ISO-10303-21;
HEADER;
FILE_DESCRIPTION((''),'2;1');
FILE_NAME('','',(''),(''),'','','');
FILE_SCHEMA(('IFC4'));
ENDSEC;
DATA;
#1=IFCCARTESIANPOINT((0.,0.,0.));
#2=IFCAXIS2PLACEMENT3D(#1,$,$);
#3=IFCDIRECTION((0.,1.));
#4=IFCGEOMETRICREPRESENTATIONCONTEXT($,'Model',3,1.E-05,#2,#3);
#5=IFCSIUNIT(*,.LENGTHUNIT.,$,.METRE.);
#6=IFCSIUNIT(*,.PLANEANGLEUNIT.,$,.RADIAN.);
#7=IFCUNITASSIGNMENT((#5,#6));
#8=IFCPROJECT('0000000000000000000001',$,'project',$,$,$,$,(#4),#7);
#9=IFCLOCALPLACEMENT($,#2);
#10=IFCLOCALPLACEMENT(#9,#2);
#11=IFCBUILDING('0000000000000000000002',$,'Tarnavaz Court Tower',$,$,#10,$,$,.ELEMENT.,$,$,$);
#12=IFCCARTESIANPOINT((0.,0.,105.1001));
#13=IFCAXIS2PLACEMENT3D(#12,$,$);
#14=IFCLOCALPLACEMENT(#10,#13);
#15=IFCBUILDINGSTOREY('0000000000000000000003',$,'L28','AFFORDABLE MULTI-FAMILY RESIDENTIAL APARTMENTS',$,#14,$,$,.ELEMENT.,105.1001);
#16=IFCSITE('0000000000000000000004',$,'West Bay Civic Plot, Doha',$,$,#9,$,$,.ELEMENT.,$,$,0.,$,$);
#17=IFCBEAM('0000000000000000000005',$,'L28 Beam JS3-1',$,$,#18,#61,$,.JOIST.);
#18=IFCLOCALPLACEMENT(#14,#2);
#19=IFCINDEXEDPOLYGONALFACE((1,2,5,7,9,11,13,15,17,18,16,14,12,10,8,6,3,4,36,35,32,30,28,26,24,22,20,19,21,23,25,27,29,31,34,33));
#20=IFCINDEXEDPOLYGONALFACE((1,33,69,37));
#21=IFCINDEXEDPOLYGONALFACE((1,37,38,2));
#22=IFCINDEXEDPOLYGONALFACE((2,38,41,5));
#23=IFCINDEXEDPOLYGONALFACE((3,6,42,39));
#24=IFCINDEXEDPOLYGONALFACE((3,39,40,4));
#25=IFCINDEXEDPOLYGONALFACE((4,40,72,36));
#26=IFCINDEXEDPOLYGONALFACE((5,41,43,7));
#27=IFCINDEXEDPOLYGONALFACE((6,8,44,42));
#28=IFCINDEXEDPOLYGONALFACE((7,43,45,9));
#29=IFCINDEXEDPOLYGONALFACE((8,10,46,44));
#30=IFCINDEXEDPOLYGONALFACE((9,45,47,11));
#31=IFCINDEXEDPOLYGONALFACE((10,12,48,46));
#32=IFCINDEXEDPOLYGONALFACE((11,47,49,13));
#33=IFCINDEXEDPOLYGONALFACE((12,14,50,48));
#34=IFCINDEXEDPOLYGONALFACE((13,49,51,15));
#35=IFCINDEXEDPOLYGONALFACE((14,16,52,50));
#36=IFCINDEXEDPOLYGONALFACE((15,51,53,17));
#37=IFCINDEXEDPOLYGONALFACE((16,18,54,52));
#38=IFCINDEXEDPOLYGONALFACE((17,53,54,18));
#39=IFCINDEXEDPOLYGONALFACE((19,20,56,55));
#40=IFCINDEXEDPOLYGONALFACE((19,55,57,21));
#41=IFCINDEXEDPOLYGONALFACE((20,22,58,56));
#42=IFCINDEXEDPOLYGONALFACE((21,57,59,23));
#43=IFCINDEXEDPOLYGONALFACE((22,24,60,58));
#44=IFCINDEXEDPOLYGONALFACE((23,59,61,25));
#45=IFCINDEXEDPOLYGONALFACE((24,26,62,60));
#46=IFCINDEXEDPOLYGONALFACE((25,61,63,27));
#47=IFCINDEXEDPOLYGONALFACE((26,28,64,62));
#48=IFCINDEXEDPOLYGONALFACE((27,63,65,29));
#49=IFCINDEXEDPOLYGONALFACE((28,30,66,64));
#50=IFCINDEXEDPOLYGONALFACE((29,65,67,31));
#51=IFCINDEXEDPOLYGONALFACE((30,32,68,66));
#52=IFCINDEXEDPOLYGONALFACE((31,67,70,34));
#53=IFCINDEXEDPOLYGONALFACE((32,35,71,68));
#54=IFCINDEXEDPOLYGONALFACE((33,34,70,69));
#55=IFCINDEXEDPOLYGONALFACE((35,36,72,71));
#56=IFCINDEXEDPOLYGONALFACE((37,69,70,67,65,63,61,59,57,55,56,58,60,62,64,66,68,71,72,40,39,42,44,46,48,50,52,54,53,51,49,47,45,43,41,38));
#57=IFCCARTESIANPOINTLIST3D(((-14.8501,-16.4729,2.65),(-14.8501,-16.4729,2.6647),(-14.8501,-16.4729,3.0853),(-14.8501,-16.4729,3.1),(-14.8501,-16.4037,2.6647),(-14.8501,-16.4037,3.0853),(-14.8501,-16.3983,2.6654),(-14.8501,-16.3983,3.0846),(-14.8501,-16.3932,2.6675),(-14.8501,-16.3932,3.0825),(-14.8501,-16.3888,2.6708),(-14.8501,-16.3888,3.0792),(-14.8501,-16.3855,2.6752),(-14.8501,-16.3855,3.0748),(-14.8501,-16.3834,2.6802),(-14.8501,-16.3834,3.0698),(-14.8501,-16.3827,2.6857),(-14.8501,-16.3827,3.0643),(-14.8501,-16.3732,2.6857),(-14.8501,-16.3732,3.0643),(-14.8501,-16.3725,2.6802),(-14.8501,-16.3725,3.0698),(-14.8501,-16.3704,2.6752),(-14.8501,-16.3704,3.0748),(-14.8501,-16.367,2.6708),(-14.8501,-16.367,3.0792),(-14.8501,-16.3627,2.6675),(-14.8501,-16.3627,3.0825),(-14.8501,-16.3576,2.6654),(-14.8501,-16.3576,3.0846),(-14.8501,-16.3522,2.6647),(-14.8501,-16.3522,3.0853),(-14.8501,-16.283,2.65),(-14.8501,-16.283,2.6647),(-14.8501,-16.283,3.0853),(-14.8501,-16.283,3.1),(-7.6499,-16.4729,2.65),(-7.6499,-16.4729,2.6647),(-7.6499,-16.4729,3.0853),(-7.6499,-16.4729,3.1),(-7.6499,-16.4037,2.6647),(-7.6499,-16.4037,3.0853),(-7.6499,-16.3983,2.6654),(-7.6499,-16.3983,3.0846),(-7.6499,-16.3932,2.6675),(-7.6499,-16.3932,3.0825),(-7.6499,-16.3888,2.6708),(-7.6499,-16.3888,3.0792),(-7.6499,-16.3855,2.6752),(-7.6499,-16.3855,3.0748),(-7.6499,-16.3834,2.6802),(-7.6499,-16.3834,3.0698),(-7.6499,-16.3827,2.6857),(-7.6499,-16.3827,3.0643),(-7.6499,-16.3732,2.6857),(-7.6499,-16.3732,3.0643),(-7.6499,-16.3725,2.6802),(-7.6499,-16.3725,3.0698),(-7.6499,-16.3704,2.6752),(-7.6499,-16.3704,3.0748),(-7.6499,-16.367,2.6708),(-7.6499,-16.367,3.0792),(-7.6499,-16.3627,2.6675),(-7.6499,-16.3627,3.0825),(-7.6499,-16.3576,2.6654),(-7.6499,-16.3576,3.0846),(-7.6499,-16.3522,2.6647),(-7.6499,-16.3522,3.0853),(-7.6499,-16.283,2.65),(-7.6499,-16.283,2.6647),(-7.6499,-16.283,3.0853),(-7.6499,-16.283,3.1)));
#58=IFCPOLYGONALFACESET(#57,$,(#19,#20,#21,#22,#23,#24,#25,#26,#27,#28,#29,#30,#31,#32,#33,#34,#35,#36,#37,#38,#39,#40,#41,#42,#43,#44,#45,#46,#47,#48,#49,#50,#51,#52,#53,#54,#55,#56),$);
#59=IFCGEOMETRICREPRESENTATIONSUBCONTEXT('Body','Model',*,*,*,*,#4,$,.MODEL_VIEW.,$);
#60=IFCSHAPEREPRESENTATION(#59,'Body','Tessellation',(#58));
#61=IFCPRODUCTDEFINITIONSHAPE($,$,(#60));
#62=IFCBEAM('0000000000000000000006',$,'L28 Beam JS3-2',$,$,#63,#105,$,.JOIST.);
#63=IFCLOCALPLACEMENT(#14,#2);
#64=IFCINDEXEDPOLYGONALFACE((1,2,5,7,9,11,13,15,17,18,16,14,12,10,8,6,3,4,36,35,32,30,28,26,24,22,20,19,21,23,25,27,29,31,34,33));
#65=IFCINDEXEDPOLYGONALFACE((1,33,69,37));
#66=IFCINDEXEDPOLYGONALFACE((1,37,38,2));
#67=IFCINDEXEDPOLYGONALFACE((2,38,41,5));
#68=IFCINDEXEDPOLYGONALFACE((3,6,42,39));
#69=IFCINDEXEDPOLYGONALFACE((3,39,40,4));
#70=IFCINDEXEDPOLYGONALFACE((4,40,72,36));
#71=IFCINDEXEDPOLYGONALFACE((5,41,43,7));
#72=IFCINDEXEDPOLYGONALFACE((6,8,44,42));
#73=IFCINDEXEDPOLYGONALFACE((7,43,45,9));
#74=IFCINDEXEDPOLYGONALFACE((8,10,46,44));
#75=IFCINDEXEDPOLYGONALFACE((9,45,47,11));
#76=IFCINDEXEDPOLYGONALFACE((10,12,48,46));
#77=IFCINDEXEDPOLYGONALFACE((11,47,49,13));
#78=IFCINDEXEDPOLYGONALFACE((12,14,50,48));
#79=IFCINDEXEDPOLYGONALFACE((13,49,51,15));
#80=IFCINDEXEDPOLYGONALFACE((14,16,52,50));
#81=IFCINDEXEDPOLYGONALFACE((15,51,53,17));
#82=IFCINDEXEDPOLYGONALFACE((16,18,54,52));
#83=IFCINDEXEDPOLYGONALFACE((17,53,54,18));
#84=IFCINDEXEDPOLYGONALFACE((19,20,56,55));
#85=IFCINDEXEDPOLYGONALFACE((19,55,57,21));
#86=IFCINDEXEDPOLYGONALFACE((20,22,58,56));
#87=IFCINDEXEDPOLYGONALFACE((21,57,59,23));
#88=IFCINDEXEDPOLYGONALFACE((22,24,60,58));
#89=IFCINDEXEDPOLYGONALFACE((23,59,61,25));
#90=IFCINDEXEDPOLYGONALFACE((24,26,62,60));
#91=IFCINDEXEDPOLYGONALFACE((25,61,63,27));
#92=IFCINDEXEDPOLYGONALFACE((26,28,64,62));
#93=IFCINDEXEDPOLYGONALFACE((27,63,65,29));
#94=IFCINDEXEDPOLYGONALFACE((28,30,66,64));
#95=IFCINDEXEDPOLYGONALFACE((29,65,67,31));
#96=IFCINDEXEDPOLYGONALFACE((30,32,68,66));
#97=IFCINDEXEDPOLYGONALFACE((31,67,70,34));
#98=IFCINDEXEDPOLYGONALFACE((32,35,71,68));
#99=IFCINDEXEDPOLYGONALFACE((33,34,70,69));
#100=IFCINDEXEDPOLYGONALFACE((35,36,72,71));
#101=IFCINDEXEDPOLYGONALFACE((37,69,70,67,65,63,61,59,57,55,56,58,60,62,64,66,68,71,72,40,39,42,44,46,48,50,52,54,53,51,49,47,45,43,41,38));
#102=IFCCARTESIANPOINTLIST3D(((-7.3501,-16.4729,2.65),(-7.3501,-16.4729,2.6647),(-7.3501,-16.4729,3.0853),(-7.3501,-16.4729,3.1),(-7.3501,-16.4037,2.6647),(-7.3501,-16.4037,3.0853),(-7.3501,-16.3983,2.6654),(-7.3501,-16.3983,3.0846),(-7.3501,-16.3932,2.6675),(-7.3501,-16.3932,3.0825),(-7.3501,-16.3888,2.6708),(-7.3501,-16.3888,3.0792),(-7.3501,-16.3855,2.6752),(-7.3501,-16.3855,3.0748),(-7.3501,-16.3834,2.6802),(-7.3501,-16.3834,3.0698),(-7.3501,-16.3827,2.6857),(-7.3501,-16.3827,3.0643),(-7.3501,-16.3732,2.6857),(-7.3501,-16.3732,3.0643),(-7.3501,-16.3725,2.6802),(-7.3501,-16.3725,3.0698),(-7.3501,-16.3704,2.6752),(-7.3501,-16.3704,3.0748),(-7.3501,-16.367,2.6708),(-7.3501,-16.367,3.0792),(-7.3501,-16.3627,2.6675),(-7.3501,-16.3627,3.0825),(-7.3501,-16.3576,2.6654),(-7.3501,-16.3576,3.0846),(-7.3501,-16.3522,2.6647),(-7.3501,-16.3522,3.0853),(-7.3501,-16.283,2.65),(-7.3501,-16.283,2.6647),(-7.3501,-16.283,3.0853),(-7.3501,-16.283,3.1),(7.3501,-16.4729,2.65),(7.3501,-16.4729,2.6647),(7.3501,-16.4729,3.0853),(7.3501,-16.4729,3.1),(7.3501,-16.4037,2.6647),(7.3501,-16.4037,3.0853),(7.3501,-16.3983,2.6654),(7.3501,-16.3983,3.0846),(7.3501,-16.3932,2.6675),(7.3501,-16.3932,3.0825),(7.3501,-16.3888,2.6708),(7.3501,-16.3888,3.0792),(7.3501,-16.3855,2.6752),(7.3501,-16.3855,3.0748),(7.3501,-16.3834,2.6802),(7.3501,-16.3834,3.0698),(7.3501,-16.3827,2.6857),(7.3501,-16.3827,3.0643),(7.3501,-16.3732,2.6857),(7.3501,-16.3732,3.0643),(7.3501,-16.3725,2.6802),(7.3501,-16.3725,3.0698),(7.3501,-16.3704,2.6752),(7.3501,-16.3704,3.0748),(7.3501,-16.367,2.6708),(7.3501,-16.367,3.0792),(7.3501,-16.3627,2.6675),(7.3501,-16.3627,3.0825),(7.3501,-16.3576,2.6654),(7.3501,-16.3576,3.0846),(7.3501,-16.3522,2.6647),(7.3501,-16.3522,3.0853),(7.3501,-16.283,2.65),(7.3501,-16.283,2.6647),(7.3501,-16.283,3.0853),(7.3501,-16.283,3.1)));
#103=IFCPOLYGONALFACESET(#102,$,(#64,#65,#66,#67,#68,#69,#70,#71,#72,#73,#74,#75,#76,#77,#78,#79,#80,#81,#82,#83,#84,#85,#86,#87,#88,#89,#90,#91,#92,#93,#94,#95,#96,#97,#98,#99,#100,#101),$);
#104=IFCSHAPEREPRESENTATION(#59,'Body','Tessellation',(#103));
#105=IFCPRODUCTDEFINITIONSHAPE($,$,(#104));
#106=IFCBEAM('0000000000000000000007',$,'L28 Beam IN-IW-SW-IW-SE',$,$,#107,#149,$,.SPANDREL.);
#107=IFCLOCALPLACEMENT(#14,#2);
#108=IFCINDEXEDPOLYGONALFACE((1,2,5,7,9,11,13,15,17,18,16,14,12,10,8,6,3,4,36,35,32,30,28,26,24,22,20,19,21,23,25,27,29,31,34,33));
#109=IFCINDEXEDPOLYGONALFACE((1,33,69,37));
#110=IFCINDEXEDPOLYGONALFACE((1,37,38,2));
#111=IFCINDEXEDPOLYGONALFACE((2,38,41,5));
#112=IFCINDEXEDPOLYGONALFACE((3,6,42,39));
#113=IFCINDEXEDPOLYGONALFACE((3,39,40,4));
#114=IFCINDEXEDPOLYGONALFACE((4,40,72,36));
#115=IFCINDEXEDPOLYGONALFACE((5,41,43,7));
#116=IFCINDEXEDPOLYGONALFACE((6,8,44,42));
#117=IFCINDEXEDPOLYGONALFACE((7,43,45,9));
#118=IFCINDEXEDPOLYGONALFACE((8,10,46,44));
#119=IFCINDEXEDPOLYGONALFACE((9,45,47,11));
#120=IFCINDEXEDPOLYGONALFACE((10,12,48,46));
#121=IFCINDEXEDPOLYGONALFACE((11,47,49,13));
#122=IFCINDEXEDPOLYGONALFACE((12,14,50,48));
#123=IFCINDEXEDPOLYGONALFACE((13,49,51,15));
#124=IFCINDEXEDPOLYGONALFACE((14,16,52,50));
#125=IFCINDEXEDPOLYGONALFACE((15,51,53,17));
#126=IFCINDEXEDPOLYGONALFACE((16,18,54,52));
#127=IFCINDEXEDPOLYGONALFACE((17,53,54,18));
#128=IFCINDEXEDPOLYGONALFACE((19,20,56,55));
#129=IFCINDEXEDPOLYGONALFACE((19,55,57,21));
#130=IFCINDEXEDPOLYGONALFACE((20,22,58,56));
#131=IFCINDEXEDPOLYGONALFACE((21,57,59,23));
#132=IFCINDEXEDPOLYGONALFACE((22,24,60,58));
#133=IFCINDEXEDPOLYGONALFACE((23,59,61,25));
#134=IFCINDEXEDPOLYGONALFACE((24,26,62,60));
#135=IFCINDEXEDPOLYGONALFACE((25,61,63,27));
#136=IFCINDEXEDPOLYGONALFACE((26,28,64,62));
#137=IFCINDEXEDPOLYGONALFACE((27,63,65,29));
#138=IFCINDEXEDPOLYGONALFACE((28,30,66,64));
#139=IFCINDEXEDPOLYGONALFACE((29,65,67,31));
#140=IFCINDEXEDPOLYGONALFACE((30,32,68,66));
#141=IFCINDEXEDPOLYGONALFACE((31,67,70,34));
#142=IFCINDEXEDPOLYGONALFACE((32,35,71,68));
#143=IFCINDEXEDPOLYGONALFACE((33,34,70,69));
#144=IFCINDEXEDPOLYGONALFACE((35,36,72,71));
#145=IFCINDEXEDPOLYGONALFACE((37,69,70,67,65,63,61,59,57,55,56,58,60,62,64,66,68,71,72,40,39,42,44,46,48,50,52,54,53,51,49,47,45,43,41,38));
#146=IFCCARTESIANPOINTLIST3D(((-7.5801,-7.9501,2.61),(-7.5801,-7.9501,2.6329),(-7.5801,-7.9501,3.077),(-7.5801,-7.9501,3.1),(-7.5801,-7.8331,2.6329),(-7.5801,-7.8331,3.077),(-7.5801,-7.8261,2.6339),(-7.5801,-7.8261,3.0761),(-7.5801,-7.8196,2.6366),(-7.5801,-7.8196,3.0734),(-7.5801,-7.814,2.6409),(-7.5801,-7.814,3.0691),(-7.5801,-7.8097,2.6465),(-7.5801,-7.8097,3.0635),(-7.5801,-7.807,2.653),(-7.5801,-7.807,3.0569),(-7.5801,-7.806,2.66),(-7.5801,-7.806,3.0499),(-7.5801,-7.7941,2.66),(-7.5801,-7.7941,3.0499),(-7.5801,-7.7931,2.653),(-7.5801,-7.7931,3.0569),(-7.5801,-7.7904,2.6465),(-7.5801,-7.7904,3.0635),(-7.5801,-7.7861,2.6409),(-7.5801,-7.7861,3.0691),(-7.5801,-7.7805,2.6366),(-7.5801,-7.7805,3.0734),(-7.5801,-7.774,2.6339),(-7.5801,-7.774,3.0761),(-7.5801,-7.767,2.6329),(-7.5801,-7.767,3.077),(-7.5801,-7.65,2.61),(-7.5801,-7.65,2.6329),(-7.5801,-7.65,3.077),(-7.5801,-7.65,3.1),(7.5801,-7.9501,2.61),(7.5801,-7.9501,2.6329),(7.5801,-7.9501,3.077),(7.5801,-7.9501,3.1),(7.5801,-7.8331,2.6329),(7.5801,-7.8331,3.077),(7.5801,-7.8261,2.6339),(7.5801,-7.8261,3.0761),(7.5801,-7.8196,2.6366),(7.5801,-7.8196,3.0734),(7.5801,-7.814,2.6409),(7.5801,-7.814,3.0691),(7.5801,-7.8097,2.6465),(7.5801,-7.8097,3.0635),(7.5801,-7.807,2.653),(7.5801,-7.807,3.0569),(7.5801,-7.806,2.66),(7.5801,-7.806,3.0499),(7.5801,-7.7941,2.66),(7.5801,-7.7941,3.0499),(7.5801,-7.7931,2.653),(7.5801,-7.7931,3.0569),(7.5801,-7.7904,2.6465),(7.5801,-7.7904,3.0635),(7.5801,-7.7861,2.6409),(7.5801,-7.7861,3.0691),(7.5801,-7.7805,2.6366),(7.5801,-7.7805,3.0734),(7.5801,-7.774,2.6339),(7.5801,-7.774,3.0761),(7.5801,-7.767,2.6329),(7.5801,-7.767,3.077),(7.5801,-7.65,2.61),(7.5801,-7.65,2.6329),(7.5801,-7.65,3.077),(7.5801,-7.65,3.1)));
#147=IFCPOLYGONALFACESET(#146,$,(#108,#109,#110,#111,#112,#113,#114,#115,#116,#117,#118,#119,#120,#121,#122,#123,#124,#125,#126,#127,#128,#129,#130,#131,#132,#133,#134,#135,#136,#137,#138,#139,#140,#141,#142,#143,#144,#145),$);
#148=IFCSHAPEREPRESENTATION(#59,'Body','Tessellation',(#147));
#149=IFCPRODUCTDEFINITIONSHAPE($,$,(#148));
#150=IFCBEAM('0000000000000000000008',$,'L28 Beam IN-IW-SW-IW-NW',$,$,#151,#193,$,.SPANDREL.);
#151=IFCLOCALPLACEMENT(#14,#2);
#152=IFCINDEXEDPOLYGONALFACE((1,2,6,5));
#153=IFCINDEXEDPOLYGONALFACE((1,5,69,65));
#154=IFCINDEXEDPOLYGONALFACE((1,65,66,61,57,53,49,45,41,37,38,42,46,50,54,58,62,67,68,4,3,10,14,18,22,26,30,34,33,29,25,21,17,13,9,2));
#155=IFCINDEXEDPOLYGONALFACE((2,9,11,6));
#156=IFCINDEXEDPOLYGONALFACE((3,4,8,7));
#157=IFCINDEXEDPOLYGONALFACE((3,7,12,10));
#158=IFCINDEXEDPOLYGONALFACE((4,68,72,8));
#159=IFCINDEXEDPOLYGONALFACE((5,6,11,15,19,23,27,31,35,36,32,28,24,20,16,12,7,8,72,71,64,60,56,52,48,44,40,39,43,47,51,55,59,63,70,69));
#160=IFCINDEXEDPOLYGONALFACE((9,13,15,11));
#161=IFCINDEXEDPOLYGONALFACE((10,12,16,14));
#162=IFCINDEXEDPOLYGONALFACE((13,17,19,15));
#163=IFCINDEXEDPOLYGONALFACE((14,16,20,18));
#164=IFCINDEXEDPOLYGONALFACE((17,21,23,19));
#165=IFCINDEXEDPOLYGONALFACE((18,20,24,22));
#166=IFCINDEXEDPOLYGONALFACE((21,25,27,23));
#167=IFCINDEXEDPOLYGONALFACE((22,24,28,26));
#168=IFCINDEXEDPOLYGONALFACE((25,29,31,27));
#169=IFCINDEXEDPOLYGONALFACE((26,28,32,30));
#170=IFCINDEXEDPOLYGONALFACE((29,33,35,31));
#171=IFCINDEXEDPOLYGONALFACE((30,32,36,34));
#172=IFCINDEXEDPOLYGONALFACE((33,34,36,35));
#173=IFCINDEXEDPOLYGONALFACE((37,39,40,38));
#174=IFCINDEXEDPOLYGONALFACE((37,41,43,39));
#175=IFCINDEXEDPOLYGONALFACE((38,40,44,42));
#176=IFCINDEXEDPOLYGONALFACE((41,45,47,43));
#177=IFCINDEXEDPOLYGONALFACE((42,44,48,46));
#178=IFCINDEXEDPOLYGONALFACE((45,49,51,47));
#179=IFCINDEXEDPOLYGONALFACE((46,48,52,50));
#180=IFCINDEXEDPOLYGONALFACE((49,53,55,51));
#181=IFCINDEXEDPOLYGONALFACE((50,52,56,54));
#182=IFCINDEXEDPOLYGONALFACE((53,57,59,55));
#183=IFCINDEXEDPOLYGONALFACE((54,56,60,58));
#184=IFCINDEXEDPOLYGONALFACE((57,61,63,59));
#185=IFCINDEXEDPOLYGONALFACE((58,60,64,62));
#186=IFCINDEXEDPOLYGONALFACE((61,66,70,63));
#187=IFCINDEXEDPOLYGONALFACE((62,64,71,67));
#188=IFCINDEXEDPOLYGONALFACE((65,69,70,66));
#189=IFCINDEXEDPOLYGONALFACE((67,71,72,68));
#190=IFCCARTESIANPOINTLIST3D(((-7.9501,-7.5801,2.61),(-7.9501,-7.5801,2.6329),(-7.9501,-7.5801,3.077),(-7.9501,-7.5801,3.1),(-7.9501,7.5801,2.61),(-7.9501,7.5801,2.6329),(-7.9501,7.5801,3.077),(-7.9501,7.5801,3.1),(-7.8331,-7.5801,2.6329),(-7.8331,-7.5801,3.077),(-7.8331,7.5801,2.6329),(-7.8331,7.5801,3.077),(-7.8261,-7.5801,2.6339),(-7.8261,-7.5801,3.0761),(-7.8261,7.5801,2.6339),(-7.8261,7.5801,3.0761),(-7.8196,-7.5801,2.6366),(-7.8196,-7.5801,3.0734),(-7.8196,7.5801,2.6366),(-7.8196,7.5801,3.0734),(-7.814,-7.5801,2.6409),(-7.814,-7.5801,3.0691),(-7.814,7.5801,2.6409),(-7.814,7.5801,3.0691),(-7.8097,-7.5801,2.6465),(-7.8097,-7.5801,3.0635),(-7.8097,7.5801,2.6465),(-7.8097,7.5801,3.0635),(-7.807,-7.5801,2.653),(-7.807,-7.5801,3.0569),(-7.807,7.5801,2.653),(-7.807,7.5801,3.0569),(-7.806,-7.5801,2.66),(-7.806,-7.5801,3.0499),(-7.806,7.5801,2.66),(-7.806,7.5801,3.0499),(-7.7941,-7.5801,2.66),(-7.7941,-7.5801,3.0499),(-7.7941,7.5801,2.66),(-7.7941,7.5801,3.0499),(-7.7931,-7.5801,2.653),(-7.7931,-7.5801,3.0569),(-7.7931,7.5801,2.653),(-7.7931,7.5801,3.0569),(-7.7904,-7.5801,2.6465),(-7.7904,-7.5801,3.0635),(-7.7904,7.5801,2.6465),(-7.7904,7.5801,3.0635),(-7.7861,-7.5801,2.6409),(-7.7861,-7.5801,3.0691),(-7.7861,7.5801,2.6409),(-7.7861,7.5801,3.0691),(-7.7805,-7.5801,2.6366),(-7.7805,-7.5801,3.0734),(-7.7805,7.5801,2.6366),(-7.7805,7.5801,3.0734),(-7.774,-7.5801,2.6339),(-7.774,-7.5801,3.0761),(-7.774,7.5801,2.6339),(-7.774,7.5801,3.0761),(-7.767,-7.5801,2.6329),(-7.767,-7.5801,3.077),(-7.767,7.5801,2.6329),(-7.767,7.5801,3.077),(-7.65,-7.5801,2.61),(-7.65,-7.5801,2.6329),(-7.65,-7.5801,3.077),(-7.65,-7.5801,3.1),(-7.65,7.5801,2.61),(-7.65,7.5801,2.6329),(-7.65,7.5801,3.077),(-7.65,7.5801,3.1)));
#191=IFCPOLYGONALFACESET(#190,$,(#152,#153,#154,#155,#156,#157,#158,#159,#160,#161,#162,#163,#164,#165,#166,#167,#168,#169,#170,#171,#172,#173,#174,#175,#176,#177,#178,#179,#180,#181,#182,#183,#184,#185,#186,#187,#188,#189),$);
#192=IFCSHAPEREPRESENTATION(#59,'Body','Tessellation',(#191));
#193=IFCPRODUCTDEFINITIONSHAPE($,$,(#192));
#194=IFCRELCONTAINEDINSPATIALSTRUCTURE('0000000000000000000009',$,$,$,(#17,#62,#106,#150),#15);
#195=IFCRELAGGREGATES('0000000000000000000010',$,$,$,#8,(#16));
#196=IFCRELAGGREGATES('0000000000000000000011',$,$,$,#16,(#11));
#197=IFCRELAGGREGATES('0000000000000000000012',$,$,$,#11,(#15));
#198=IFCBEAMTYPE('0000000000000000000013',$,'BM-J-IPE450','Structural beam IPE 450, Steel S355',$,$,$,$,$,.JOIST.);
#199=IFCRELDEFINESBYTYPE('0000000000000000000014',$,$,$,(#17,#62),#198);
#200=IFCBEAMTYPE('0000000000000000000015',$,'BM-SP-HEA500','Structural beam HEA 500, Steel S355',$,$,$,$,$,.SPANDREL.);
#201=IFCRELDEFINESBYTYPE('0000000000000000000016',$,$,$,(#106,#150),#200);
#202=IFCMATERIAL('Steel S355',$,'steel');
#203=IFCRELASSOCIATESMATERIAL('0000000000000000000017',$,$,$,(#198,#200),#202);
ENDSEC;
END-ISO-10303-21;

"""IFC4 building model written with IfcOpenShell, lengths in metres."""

from ifc_helpers import new_model, si_unit, direction, frame, origin, origin_2d, place, context, subcontext, project, spatial, i_section, extrude, material, material_profile, profile_set, type_object, element, save


model = new_model("IFC4")

# Units and contexts
model_context = context("Model", 3, precision=1e-05, world=origin(), true_north=direction((0.0, 1.0)))
body_context = subcontext(model_context, "Body", "Model", "MODEL_VIEW")
ifc_project = project(units=[si_unit("LENGTHUNIT", "METRE"), si_unit("PLANEANGLEUNIT", "RADIAN")], contexts=[model_context])

# Site, building, storey
site_placement = place(None, origin())
site = spatial("IfcSite", under=ifc_project, at=site_placement, Name="West Bay Civic Plot, Doha", CompositionType="ELEMENT", RefElevation=0.0)
building_placement = place(site_placement, origin())
building = spatial("IfcBuilding", under=site, at=building_placement, Name="Tarnavaz Court Tower", CompositionType="ELEMENT")
storey_placement = place(building_placement, frame((0.0, 0.0, 105.1001)))
storey = spatial("IfcBuildingStorey", under=building, at=storey_placement, Name="L28", Description="AFFORDABLE MULTI-FAMILY RESIDENTIAL APARTMENTS", CompositionType="ELEMENT", Elevation=105.1001)

# Beams
ifc_material_1 = material(Name="Steel S355", Category="steel")
ifc_material_profile_1 = material_profile(ifc_material_1, i_section(OverallWidth=0.1899, OverallDepth=0.45, WebThickness=0.0095, FlangeThickness=0.0146, FilletRadius=0.021, at=origin_2d()), Name="IPE 450")
ifc_profile_set_1 = profile_set([ifc_material_profile_1], Name="Steel S355")
beam_type_1 = type_object("IfcBeamType", Name="BM-J-IPE450", Description="Structural beam IPE 450, Steel S355", PredefinedType="JOIST", material=ifc_profile_set_1)
beam_1_placement = place(storey_placement, frame((-14.8501, -16.3779, 2.875), z_axis=(1.0, 0.0, 0.0), x_axis=(0.0, 1.0, 0.0)))
element("IfcBeam", 1, at=beam_1_placement, inside=storey, type_object=beam_type_1, Name="L28 Beam JS3-1", PredefinedType="JOIST", context=body_context, shape_type="SweptSolid", body=[
    extrude(i_section(OverallWidth=0.1899, OverallDepth=0.45, WebThickness=0.0095, FlangeThickness=0.0146, FilletRadius=0.021, at=origin_2d()), origin(), (0.0, 0.0, 1.0), 7.2002),
])
beam_2_placement = place(storey_placement, frame((-7.3501, -16.3779, 2.875), z_axis=(1.0, 0.0, 0.0), x_axis=(0.0, 1.0, 0.0)))
element("IfcBeam", 2, at=beam_2_placement, inside=storey, type_object=beam_type_1, Name="L28 Beam JS3-2", PredefinedType="JOIST", context=body_context, shape_type="SweptSolid", body=[
    extrude(i_section(OverallWidth=0.1899, OverallDepth=0.45, WebThickness=0.0095, FlangeThickness=0.0146, FilletRadius=0.021, at=origin_2d()), origin(), (0.0, 0.0, 1.0), 14.7002),
])
ifc_material_profile_2 = material_profile(ifc_material_1, i_section(OverallWidth=0.3, OverallDepth=0.49, WebThickness=0.012, FlangeThickness=0.0229, FilletRadius=0.0271, at=origin_2d()), Name="HEA 500")
ifc_profile_set_2 = profile_set([ifc_material_profile_2], Name="Steel S355")
beam_type_2 = type_object("IfcBeamType", Name="BM-SP-HEA500", Description="Structural beam HEA 500, Steel S355", PredefinedType="SPANDREL", material=ifc_profile_set_2)
for number, where, z_axis, x_axis, name in (
    (3, (-7.5801, -7.8, 2.855), (1.0, 0.0, 0.0), (0.0, 1.0, 0.0), "L28 Beam IN-IW-SW-IW-SE"),
    (4, (-7.8, -7.5801, 2.855), (0.0, 1.0, 0.0), (-1.0, 0.0, 0.0), "L28 Beam IN-IW-SW-IW-NW"),
):
    element("IfcBeam", number, at=place(storey_placement, frame(where, z_axis=z_axis, x_axis=x_axis)), inside=storey, type_object=beam_type_2, Name=name, PredefinedType="SPANDREL", context=body_context, shape_type="SweptSolid", body=[
        extrude(i_section(OverallWidth=0.3, OverallDepth=0.49, WebThickness=0.012, FlangeThickness=0.0229, FilletRadius=0.0271, at=origin_2d()), origin(), (0.0, 0.0, 1.0), 15.1602),
    ])

save(model, "model.ifc")
